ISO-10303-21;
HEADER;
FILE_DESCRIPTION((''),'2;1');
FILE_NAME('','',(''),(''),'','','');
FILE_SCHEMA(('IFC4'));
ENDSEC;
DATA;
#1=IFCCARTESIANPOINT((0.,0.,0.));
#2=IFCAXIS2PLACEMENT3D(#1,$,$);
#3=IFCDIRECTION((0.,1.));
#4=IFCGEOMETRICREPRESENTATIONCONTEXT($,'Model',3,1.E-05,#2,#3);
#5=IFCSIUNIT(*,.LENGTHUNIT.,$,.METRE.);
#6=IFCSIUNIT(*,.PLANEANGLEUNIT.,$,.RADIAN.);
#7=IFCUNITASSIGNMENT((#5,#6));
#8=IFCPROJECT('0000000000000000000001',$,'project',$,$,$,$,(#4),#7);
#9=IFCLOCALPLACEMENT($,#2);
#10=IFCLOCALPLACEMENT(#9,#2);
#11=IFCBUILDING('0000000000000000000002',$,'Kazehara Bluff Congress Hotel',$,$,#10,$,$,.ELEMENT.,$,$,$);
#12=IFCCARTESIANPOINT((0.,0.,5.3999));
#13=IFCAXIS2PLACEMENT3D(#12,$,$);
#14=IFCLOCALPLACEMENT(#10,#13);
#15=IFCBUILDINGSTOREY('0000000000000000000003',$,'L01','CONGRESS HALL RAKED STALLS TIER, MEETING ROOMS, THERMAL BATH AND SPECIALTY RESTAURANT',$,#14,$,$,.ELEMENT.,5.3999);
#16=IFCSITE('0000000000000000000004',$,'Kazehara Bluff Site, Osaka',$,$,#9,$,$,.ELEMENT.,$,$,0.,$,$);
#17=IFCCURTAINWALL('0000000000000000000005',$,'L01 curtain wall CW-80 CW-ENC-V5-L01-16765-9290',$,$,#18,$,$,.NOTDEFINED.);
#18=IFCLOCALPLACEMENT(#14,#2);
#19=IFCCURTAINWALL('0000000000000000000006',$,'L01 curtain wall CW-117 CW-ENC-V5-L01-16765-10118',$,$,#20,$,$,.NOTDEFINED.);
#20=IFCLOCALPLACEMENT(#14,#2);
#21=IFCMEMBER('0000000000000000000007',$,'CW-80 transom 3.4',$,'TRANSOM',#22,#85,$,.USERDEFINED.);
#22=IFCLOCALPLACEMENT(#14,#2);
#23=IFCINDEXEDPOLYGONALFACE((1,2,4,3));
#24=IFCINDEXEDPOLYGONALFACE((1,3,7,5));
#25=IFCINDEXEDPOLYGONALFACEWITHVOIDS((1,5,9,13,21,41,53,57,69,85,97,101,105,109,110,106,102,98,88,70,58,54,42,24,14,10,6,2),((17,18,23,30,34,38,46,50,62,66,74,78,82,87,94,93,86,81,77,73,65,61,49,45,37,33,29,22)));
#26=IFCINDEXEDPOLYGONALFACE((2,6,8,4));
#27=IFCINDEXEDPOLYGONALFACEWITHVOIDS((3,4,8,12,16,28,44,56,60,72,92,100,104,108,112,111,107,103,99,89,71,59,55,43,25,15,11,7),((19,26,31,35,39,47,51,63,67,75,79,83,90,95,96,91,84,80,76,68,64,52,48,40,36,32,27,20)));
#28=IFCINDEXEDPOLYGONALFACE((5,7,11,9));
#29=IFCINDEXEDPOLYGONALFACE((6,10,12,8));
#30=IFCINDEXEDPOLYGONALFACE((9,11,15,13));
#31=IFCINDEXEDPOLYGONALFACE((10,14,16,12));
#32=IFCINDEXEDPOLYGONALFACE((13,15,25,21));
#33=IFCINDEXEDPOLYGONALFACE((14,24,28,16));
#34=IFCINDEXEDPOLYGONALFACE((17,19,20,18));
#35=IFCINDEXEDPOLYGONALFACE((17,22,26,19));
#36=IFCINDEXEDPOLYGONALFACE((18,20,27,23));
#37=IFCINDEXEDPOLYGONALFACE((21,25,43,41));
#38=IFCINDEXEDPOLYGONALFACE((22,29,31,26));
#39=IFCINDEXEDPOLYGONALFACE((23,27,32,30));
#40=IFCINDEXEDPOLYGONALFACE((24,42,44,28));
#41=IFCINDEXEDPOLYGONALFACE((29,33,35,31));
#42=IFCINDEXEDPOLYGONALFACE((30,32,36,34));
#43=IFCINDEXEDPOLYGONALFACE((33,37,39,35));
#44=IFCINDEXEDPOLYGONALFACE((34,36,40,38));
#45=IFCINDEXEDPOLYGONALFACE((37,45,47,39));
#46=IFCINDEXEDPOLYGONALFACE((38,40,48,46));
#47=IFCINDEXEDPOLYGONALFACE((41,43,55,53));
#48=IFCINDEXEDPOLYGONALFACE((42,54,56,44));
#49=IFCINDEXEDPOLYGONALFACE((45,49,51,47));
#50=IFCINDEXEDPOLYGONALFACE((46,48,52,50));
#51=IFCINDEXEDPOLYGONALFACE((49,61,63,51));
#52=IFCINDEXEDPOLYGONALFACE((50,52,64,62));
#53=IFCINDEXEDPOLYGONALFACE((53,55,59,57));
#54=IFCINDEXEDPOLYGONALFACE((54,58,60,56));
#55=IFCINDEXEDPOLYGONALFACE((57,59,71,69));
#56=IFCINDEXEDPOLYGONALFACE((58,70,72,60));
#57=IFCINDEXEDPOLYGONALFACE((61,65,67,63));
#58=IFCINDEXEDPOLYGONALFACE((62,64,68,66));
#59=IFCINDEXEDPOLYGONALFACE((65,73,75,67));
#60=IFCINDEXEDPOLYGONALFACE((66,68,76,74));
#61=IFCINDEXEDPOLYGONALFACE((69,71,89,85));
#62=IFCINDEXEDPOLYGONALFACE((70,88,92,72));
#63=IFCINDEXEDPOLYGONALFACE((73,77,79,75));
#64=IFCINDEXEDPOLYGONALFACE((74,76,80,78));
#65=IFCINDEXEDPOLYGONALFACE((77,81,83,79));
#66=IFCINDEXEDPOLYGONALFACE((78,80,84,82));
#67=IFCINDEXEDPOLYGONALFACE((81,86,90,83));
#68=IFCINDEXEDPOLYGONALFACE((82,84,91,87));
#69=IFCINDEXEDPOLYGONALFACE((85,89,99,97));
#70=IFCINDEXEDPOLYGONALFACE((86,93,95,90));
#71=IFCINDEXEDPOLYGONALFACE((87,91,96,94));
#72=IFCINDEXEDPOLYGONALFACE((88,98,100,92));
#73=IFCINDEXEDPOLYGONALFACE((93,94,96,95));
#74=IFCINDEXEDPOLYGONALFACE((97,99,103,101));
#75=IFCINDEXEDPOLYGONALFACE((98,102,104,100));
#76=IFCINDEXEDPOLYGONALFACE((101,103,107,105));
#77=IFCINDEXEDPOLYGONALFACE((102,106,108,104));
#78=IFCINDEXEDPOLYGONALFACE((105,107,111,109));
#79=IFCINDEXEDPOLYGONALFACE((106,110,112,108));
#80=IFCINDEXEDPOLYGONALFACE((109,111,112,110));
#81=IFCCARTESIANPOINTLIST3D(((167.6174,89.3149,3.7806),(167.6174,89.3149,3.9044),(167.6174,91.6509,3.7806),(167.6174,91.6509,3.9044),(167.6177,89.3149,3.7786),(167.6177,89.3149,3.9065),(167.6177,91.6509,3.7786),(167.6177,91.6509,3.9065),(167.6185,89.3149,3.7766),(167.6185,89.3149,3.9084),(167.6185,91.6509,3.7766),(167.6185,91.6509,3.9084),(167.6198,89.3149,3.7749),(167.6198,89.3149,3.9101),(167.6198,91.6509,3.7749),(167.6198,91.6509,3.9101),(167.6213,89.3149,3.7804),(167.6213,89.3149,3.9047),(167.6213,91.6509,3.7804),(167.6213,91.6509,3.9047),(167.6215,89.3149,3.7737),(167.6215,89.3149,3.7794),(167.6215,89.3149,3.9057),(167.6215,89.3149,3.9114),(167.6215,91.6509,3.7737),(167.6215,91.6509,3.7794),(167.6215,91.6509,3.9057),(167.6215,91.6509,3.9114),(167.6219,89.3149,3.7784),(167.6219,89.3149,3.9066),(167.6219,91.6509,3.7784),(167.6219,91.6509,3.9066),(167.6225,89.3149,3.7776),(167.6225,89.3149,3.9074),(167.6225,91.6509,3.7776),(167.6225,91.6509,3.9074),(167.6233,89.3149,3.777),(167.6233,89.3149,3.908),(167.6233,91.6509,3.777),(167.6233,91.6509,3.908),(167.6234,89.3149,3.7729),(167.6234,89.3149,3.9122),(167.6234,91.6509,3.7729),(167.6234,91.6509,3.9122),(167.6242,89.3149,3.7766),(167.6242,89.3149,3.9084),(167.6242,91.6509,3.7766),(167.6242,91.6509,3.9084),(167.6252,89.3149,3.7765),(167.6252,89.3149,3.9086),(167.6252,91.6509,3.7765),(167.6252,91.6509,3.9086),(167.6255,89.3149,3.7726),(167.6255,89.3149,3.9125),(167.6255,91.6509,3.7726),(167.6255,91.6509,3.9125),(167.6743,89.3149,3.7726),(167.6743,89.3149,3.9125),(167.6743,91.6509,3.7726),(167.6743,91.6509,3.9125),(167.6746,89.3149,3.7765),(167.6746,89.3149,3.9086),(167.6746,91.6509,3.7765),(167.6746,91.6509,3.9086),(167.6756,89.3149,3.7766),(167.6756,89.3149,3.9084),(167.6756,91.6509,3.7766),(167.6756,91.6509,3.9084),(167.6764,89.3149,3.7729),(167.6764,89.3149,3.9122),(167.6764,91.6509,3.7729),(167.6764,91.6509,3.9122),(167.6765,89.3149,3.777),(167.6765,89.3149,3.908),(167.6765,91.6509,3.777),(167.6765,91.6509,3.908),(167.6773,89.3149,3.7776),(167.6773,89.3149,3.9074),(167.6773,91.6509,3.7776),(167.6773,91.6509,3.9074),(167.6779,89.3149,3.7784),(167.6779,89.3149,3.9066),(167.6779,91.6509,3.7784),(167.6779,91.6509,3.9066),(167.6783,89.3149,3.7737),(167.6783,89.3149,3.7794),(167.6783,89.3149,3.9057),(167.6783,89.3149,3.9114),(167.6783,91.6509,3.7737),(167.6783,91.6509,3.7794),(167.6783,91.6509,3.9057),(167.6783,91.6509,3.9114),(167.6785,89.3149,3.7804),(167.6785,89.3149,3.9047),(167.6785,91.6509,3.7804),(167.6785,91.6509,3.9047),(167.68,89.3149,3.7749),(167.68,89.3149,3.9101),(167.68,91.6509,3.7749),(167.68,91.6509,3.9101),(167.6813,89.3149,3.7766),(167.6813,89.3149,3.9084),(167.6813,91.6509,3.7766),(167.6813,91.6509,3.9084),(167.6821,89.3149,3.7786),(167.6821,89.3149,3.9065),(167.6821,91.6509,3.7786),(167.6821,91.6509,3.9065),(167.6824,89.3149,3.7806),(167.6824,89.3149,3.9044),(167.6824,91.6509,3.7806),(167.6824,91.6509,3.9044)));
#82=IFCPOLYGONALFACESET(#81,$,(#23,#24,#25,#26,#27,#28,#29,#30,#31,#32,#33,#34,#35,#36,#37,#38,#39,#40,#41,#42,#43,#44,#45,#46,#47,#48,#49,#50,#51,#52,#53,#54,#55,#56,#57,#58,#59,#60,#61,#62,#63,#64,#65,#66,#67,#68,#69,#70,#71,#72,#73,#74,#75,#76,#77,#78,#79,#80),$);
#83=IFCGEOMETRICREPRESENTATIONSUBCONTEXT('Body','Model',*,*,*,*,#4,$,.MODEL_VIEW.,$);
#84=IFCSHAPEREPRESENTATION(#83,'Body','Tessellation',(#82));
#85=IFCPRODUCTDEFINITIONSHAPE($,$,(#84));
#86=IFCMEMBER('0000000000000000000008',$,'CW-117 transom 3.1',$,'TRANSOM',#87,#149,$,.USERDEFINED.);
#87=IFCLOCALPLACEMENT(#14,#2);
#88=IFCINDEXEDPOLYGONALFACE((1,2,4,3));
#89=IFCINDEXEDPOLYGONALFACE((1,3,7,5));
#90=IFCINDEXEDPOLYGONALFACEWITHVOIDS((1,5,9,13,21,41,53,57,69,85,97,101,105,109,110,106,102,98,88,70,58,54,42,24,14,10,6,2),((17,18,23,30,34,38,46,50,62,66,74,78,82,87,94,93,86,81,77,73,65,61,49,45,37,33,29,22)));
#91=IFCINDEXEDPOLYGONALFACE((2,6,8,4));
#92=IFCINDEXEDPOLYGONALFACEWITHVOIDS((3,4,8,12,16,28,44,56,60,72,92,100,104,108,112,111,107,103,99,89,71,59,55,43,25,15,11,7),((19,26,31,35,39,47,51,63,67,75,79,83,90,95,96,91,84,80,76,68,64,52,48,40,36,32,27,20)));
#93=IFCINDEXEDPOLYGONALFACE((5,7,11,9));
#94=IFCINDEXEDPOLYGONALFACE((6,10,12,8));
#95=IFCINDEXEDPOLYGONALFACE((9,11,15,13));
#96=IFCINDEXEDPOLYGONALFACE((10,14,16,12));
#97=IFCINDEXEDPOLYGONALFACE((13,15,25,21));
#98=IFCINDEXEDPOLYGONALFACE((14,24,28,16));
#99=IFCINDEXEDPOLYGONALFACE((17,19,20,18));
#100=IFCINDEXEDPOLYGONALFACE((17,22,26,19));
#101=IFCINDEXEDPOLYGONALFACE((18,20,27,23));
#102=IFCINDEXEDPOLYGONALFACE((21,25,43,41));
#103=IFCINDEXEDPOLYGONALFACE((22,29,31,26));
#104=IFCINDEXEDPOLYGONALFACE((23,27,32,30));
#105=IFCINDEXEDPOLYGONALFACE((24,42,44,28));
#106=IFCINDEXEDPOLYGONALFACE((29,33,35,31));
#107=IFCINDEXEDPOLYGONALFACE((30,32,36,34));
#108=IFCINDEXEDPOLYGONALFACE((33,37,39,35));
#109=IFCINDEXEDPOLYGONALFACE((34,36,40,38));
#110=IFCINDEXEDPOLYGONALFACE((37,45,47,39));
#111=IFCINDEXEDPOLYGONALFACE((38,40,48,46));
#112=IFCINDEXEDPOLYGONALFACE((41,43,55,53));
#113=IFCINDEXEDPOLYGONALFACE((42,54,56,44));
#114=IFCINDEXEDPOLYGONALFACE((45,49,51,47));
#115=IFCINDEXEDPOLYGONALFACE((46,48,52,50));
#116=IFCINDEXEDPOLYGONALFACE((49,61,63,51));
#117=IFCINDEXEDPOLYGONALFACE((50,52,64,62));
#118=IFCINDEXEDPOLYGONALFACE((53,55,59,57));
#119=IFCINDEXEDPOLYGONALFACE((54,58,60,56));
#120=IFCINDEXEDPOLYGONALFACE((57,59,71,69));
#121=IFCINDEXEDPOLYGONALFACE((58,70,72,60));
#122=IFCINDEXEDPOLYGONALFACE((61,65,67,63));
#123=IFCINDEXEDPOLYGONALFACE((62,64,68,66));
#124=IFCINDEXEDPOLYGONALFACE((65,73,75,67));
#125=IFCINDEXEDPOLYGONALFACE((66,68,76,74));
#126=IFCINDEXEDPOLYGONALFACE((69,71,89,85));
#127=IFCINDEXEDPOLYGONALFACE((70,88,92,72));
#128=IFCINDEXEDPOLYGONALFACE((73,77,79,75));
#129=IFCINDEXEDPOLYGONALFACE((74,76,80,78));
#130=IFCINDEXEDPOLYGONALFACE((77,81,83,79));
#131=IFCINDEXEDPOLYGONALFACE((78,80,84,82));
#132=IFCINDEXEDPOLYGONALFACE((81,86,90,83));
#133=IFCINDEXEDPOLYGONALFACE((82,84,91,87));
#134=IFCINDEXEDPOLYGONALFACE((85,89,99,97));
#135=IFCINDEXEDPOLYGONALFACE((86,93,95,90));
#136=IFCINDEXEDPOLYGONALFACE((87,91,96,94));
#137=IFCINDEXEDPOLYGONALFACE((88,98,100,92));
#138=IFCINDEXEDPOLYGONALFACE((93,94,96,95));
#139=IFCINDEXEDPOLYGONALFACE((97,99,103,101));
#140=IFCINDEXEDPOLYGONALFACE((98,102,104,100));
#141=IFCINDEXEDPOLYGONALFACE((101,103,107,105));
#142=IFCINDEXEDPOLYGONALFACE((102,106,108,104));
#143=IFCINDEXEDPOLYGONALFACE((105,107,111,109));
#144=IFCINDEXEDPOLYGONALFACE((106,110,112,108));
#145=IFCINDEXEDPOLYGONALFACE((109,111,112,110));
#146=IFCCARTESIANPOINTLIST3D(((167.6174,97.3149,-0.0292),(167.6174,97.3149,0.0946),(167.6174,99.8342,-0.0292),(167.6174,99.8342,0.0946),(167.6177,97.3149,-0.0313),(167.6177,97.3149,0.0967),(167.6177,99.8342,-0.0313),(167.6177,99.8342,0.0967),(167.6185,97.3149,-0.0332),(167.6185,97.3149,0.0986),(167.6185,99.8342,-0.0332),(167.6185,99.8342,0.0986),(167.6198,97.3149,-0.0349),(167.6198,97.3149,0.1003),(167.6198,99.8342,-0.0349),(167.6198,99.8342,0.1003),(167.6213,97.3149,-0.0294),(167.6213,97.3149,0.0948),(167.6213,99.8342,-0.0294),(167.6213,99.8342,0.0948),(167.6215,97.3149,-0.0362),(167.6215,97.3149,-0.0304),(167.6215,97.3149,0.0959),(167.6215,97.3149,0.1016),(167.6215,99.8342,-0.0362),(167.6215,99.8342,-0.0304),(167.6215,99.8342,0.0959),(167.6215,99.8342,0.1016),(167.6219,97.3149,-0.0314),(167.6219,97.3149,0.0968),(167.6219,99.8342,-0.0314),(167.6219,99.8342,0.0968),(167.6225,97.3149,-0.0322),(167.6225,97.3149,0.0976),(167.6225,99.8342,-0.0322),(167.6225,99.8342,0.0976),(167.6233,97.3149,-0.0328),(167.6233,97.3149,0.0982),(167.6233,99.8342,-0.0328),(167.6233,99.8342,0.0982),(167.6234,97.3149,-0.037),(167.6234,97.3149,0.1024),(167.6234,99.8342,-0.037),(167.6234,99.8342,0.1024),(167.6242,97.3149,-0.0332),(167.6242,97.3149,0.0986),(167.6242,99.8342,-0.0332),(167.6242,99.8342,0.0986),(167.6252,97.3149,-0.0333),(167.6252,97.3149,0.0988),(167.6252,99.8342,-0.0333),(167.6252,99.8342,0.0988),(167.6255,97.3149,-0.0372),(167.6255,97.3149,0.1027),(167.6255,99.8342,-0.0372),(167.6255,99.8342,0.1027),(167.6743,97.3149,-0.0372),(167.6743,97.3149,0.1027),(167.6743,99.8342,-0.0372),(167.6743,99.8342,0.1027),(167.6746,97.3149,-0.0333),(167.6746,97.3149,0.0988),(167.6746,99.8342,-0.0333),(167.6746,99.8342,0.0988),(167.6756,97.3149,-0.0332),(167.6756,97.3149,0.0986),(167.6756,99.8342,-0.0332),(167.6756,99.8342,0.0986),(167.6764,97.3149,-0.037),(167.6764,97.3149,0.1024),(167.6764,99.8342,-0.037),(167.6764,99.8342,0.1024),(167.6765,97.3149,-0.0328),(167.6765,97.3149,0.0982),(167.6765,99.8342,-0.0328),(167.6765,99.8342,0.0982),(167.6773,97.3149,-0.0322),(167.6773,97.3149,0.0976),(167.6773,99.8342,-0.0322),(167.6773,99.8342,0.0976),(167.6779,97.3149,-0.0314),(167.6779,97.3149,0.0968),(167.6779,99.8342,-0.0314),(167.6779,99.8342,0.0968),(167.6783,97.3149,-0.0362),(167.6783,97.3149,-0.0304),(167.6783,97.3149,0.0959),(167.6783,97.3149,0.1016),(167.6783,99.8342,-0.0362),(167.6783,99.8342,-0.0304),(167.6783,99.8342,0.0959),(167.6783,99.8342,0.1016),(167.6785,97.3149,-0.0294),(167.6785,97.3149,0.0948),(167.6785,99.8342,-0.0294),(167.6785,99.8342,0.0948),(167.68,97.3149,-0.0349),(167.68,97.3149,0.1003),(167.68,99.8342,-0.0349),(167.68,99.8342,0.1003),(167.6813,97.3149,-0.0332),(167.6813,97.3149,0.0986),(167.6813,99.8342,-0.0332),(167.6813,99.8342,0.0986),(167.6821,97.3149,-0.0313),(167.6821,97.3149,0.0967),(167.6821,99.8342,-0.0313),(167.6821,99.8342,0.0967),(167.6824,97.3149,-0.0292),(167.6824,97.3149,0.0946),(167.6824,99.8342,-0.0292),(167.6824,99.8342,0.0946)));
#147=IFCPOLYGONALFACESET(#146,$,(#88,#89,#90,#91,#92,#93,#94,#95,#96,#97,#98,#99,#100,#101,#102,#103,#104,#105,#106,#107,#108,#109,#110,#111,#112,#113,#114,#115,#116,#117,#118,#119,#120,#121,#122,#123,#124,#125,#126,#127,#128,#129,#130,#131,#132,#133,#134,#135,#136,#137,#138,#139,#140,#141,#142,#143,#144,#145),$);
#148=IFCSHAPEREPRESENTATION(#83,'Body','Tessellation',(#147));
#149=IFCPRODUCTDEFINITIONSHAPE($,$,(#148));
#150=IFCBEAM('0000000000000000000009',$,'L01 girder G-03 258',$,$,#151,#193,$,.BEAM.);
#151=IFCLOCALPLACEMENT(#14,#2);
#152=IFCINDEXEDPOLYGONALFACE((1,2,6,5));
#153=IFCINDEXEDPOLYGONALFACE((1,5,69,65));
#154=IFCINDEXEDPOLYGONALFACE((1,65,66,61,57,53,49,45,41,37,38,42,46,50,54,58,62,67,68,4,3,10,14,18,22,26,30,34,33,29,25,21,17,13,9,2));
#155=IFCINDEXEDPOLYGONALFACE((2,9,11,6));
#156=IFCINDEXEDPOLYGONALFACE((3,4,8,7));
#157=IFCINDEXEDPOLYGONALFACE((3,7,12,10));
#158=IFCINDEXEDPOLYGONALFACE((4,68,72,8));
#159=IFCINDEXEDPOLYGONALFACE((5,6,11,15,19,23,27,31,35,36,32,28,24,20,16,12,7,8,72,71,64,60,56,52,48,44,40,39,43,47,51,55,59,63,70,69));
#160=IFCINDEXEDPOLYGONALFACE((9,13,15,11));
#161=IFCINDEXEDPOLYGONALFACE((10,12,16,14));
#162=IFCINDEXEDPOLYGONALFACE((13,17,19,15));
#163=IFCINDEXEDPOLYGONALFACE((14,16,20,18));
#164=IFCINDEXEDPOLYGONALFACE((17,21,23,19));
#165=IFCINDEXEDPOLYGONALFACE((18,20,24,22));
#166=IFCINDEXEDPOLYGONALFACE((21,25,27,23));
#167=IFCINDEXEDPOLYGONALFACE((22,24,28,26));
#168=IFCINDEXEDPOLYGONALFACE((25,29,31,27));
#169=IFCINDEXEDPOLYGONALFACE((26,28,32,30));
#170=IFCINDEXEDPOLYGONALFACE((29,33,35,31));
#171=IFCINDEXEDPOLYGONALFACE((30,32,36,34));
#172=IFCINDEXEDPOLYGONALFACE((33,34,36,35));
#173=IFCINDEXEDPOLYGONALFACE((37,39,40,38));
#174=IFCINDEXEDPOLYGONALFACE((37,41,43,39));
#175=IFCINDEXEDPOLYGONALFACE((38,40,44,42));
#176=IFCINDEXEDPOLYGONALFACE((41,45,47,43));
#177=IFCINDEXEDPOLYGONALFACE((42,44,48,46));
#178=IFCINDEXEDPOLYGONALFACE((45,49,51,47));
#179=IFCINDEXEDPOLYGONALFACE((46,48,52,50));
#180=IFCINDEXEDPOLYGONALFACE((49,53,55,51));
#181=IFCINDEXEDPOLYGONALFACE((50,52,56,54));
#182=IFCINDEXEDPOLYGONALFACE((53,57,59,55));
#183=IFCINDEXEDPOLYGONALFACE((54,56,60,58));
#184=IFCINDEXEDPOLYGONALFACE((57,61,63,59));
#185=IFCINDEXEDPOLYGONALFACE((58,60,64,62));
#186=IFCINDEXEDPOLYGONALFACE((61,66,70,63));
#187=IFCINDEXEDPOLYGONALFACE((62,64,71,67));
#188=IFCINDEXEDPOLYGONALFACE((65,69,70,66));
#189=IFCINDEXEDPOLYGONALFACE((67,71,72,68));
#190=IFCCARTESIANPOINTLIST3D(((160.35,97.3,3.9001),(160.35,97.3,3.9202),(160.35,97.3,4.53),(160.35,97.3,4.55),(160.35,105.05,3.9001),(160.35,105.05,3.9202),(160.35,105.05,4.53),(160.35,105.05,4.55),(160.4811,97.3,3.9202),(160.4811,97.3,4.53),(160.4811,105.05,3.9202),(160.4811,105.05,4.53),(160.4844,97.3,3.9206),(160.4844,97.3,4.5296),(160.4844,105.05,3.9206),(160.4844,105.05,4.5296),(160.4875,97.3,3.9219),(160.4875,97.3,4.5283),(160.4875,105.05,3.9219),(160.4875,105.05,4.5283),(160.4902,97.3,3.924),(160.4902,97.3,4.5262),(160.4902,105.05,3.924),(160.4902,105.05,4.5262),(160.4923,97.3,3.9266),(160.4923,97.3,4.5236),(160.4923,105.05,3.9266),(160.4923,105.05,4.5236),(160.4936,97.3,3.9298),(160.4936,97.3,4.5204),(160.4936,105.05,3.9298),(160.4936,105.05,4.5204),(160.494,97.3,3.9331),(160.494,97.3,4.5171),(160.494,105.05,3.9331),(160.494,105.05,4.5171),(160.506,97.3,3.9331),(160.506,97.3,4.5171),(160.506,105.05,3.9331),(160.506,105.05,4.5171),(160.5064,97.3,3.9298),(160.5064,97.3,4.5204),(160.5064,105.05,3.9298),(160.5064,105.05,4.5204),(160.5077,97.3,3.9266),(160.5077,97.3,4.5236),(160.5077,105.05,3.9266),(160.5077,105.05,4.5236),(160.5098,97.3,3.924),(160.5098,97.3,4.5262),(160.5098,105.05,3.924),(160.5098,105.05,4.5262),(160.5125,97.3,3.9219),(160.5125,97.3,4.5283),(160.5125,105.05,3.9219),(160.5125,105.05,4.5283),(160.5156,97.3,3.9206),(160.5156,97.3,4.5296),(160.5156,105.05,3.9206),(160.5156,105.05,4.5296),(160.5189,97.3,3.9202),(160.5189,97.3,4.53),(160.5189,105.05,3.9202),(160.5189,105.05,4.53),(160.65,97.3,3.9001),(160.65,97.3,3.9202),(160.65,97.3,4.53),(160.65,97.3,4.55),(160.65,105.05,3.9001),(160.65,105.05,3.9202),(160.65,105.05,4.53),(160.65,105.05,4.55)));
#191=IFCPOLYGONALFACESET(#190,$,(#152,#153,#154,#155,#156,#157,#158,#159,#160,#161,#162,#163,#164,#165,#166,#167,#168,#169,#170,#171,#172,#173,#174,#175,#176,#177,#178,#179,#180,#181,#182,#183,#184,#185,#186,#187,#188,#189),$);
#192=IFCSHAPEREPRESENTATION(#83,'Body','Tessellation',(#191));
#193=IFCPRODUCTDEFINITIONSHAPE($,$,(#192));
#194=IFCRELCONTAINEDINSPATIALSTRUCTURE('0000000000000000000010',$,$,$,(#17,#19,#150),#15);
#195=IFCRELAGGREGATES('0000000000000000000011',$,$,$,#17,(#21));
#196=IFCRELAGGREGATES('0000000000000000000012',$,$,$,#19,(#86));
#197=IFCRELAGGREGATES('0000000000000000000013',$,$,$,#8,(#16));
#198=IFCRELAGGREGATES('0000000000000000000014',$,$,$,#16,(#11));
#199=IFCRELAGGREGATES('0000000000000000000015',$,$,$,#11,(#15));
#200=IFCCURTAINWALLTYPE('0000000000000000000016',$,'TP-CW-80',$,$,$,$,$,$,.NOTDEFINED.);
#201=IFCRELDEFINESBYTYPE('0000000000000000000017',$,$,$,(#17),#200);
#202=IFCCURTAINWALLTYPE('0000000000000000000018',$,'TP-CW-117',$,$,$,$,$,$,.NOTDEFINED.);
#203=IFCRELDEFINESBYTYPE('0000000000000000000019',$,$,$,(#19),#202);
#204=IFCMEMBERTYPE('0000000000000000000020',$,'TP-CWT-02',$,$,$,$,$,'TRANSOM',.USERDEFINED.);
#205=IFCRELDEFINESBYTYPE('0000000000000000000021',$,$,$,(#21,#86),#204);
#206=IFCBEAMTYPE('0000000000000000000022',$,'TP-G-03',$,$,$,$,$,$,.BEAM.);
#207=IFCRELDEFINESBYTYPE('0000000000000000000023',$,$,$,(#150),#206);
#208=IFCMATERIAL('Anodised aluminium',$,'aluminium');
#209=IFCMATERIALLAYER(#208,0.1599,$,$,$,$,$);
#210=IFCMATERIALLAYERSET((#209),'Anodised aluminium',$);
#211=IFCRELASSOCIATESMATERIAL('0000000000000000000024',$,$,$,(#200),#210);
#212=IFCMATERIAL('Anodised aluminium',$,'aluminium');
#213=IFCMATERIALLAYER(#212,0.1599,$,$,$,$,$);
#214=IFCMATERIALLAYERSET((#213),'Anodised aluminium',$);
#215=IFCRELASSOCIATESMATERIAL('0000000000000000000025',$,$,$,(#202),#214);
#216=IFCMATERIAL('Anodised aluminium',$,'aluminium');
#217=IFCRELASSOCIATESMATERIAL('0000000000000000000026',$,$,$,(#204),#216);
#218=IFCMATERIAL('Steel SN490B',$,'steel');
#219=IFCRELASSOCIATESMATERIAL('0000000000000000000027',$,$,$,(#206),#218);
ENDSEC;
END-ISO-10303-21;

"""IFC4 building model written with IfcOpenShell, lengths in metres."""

from ifc_helpers import new_model, si_unit, direction, frame, origin, origin_2d, place, context, subcontext, project, spatial, hollow_rectangle, i_section, extrude, material, layer, layer_set, material_profile, profile_set, type_object, element, aggregate, save


model = new_model("IFC4")

# Units and contexts
model_context = context("Model", 3, precision=1e-05, world=origin(), true_north=direction((0.0, 1.0)))
body_context = subcontext(model_context, "Body", "Model", "MODEL_VIEW")
ifc_project = project(units=[si_unit("LENGTHUNIT", "METRE"), si_unit("PLANEANGLEUNIT", "RADIAN")], contexts=[model_context])

# Site, building, storey
site_placement = place(None, origin())
site = spatial("IfcSite", under=ifc_project, at=site_placement, Name="Kazehara Bluff Site, Osaka", CompositionType="ELEMENT", RefElevation=0.0)
building_placement = place(site_placement, origin())
building = spatial("IfcBuilding", under=site, at=building_placement, Name="Kazehara Bluff Congress Hotel", CompositionType="ELEMENT")
storey_placement = place(building_placement, frame((0.0, 0.0, 5.3999)))
storey = spatial("IfcBuildingStorey", under=building, at=storey_placement, Name="L01", Description="CONGRESS HALL RAKED STALLS TIER, MEETING ROOMS, THERMAL BATH AND SPECIALTY RESTAURANT", CompositionType="ELEMENT", Elevation=5.3999)

# Curtain wall
ifc_material_1 = material(Name="Anodised aluminium", Category="aluminium")
ifc_layer_1 = layer(ifc_material_1, 0.1599)
ifc_layer_set_1 = layer_set([ifc_layer_1], Name="Anodised aluminium")
curtain_wall_type_1 = type_object("IfcCurtainWallType", Name="TP-CW-80", PredefinedType="NOTDEFINED", material=ifc_layer_set_1)
curtain_wall_1_placement = place(storey_placement, origin())
curtain_wall_1 = element("IfcCurtainWall", 1, at=curtain_wall_1_placement, inside=storey, type_object=curtain_wall_type_1, Name="L01 curtain wall CW-80 CW-ENC-V5-L01-16765-9290", PredefinedType="NOTDEFINED")

# Curtain wall
ifc_material_2 = material(Name="Anodised aluminium", Category="aluminium")
ifc_layer_2 = layer(ifc_material_2, 0.1599)
ifc_layer_set_2 = layer_set([ifc_layer_2], Name="Anodised aluminium")
curtain_wall_type_2 = type_object("IfcCurtainWallType", Name="TP-CW-117", PredefinedType="NOTDEFINED", material=ifc_layer_set_2)
curtain_wall_2_placement = place(storey_placement, origin())
curtain_wall_2 = element("IfcCurtainWall", 2, at=curtain_wall_2_placement, inside=storey, type_object=curtain_wall_type_2, Name="L01 curtain wall CW-117 CW-ENC-V5-L01-16765-10118", PredefinedType="NOTDEFINED")

# Members
ifc_material_3 = material(Name="Anodised aluminium", Category="aluminium")
ifc_material_profile_1 = material_profile(ifc_material_3, hollow_rectangle(XDim=0.0649, YDim=0.1399, WallThickness=0.0039, InnerFilletRadius=0.0039, OuterFilletRadius=0.0081, at=origin_2d()))
ifc_profile_set_1 = profile_set([ifc_material_profile_1], Name="Anodised aluminium")
member_type_1 = type_object("IfcMemberType", Name="TP-CWT-02", ElementType="TRANSOM", PredefinedType="USERDEFINED", material=ifc_profile_set_1)
member_1_placement = place(storey_placement, frame((167.6499, 91.6509, 3.8425), z_axis=(0.0, -1.0, 0.0), x_axis=(1.0, 0.0, 0.0)))
member_1 = element("IfcMember", 3, at=member_1_placement, type_object=member_type_1, Name="CW-80 transom 3.4", ObjectType="TRANSOM", PredefinedType="USERDEFINED", context=body_context, shape_type="SweptSolid", body=[
    extrude(hollow_rectangle(XDim=0.0649, YDim=0.1399, WallThickness=0.0039, InnerFilletRadius=0.0039, OuterFilletRadius=0.0081, at=origin_2d()), origin(), (0.0, 0.0, 1.0), 2.3359),
])
member_2_placement = place(storey_placement, frame((167.6499, 99.8342, 0.0327), z_axis=(0.0, -1.0, 0.0), x_axis=(1.0, 0.0, 0.0)))
member_2 = element("IfcMember", 4, at=member_2_placement, type_object=member_type_1, Name="CW-117 transom 3.1", ObjectType="TRANSOM", PredefinedType="USERDEFINED", context=body_context, shape_type="SweptSolid", body=[
    extrude(hollow_rectangle(XDim=0.0649, YDim=0.1399, WallThickness=0.0039, InnerFilletRadius=0.0039, OuterFilletRadius=0.0081, at=origin_2d()), origin(), (0.0, 0.0, 1.0), 2.5193),
])

# Beam
ifc_material_4 = material(Name="Steel SN490B", Category="steel")
ifc_material_profile_2 = material_profile(ifc_material_4, i_section(OverallWidth=0.3, OverallDepth=0.6499, WebThickness=0.012, FlangeThickness=0.02, FilletRadius=0.0129, at=origin_2d()))
ifc_profile_set_2 = profile_set([ifc_material_profile_2], Name="Steel SN490B")
beam_type_1 = type_object("IfcBeamType", Name="TP-G-03", PredefinedType="BEAM", material=ifc_profile_set_2)
beam_1_placement = place(storey_placement, frame((160.5, 97.3, 4.2251), z_axis=(0.0, 1.0, 0.0), x_axis=(-1.0, 0.0, 0.0)))
element("IfcBeam", 5, at=beam_1_placement, inside=storey, type_object=beam_type_1, Name="L01 girder G-03 258", PredefinedType="BEAM", context=body_context, shape_type="SweptSolid", body=[
    extrude(i_section(OverallWidth=0.3, OverallDepth=0.6499, WebThickness=0.012, FlangeThickness=0.02, FilletRadius=0.0129, at=origin_2d()), origin(), (0.0, 0.0, 1.0), 7.75),
])

aggregate(curtain_wall_1, [member_1])
aggregate(curtain_wall_2, [member_2])

save(model, "model.ifc")
